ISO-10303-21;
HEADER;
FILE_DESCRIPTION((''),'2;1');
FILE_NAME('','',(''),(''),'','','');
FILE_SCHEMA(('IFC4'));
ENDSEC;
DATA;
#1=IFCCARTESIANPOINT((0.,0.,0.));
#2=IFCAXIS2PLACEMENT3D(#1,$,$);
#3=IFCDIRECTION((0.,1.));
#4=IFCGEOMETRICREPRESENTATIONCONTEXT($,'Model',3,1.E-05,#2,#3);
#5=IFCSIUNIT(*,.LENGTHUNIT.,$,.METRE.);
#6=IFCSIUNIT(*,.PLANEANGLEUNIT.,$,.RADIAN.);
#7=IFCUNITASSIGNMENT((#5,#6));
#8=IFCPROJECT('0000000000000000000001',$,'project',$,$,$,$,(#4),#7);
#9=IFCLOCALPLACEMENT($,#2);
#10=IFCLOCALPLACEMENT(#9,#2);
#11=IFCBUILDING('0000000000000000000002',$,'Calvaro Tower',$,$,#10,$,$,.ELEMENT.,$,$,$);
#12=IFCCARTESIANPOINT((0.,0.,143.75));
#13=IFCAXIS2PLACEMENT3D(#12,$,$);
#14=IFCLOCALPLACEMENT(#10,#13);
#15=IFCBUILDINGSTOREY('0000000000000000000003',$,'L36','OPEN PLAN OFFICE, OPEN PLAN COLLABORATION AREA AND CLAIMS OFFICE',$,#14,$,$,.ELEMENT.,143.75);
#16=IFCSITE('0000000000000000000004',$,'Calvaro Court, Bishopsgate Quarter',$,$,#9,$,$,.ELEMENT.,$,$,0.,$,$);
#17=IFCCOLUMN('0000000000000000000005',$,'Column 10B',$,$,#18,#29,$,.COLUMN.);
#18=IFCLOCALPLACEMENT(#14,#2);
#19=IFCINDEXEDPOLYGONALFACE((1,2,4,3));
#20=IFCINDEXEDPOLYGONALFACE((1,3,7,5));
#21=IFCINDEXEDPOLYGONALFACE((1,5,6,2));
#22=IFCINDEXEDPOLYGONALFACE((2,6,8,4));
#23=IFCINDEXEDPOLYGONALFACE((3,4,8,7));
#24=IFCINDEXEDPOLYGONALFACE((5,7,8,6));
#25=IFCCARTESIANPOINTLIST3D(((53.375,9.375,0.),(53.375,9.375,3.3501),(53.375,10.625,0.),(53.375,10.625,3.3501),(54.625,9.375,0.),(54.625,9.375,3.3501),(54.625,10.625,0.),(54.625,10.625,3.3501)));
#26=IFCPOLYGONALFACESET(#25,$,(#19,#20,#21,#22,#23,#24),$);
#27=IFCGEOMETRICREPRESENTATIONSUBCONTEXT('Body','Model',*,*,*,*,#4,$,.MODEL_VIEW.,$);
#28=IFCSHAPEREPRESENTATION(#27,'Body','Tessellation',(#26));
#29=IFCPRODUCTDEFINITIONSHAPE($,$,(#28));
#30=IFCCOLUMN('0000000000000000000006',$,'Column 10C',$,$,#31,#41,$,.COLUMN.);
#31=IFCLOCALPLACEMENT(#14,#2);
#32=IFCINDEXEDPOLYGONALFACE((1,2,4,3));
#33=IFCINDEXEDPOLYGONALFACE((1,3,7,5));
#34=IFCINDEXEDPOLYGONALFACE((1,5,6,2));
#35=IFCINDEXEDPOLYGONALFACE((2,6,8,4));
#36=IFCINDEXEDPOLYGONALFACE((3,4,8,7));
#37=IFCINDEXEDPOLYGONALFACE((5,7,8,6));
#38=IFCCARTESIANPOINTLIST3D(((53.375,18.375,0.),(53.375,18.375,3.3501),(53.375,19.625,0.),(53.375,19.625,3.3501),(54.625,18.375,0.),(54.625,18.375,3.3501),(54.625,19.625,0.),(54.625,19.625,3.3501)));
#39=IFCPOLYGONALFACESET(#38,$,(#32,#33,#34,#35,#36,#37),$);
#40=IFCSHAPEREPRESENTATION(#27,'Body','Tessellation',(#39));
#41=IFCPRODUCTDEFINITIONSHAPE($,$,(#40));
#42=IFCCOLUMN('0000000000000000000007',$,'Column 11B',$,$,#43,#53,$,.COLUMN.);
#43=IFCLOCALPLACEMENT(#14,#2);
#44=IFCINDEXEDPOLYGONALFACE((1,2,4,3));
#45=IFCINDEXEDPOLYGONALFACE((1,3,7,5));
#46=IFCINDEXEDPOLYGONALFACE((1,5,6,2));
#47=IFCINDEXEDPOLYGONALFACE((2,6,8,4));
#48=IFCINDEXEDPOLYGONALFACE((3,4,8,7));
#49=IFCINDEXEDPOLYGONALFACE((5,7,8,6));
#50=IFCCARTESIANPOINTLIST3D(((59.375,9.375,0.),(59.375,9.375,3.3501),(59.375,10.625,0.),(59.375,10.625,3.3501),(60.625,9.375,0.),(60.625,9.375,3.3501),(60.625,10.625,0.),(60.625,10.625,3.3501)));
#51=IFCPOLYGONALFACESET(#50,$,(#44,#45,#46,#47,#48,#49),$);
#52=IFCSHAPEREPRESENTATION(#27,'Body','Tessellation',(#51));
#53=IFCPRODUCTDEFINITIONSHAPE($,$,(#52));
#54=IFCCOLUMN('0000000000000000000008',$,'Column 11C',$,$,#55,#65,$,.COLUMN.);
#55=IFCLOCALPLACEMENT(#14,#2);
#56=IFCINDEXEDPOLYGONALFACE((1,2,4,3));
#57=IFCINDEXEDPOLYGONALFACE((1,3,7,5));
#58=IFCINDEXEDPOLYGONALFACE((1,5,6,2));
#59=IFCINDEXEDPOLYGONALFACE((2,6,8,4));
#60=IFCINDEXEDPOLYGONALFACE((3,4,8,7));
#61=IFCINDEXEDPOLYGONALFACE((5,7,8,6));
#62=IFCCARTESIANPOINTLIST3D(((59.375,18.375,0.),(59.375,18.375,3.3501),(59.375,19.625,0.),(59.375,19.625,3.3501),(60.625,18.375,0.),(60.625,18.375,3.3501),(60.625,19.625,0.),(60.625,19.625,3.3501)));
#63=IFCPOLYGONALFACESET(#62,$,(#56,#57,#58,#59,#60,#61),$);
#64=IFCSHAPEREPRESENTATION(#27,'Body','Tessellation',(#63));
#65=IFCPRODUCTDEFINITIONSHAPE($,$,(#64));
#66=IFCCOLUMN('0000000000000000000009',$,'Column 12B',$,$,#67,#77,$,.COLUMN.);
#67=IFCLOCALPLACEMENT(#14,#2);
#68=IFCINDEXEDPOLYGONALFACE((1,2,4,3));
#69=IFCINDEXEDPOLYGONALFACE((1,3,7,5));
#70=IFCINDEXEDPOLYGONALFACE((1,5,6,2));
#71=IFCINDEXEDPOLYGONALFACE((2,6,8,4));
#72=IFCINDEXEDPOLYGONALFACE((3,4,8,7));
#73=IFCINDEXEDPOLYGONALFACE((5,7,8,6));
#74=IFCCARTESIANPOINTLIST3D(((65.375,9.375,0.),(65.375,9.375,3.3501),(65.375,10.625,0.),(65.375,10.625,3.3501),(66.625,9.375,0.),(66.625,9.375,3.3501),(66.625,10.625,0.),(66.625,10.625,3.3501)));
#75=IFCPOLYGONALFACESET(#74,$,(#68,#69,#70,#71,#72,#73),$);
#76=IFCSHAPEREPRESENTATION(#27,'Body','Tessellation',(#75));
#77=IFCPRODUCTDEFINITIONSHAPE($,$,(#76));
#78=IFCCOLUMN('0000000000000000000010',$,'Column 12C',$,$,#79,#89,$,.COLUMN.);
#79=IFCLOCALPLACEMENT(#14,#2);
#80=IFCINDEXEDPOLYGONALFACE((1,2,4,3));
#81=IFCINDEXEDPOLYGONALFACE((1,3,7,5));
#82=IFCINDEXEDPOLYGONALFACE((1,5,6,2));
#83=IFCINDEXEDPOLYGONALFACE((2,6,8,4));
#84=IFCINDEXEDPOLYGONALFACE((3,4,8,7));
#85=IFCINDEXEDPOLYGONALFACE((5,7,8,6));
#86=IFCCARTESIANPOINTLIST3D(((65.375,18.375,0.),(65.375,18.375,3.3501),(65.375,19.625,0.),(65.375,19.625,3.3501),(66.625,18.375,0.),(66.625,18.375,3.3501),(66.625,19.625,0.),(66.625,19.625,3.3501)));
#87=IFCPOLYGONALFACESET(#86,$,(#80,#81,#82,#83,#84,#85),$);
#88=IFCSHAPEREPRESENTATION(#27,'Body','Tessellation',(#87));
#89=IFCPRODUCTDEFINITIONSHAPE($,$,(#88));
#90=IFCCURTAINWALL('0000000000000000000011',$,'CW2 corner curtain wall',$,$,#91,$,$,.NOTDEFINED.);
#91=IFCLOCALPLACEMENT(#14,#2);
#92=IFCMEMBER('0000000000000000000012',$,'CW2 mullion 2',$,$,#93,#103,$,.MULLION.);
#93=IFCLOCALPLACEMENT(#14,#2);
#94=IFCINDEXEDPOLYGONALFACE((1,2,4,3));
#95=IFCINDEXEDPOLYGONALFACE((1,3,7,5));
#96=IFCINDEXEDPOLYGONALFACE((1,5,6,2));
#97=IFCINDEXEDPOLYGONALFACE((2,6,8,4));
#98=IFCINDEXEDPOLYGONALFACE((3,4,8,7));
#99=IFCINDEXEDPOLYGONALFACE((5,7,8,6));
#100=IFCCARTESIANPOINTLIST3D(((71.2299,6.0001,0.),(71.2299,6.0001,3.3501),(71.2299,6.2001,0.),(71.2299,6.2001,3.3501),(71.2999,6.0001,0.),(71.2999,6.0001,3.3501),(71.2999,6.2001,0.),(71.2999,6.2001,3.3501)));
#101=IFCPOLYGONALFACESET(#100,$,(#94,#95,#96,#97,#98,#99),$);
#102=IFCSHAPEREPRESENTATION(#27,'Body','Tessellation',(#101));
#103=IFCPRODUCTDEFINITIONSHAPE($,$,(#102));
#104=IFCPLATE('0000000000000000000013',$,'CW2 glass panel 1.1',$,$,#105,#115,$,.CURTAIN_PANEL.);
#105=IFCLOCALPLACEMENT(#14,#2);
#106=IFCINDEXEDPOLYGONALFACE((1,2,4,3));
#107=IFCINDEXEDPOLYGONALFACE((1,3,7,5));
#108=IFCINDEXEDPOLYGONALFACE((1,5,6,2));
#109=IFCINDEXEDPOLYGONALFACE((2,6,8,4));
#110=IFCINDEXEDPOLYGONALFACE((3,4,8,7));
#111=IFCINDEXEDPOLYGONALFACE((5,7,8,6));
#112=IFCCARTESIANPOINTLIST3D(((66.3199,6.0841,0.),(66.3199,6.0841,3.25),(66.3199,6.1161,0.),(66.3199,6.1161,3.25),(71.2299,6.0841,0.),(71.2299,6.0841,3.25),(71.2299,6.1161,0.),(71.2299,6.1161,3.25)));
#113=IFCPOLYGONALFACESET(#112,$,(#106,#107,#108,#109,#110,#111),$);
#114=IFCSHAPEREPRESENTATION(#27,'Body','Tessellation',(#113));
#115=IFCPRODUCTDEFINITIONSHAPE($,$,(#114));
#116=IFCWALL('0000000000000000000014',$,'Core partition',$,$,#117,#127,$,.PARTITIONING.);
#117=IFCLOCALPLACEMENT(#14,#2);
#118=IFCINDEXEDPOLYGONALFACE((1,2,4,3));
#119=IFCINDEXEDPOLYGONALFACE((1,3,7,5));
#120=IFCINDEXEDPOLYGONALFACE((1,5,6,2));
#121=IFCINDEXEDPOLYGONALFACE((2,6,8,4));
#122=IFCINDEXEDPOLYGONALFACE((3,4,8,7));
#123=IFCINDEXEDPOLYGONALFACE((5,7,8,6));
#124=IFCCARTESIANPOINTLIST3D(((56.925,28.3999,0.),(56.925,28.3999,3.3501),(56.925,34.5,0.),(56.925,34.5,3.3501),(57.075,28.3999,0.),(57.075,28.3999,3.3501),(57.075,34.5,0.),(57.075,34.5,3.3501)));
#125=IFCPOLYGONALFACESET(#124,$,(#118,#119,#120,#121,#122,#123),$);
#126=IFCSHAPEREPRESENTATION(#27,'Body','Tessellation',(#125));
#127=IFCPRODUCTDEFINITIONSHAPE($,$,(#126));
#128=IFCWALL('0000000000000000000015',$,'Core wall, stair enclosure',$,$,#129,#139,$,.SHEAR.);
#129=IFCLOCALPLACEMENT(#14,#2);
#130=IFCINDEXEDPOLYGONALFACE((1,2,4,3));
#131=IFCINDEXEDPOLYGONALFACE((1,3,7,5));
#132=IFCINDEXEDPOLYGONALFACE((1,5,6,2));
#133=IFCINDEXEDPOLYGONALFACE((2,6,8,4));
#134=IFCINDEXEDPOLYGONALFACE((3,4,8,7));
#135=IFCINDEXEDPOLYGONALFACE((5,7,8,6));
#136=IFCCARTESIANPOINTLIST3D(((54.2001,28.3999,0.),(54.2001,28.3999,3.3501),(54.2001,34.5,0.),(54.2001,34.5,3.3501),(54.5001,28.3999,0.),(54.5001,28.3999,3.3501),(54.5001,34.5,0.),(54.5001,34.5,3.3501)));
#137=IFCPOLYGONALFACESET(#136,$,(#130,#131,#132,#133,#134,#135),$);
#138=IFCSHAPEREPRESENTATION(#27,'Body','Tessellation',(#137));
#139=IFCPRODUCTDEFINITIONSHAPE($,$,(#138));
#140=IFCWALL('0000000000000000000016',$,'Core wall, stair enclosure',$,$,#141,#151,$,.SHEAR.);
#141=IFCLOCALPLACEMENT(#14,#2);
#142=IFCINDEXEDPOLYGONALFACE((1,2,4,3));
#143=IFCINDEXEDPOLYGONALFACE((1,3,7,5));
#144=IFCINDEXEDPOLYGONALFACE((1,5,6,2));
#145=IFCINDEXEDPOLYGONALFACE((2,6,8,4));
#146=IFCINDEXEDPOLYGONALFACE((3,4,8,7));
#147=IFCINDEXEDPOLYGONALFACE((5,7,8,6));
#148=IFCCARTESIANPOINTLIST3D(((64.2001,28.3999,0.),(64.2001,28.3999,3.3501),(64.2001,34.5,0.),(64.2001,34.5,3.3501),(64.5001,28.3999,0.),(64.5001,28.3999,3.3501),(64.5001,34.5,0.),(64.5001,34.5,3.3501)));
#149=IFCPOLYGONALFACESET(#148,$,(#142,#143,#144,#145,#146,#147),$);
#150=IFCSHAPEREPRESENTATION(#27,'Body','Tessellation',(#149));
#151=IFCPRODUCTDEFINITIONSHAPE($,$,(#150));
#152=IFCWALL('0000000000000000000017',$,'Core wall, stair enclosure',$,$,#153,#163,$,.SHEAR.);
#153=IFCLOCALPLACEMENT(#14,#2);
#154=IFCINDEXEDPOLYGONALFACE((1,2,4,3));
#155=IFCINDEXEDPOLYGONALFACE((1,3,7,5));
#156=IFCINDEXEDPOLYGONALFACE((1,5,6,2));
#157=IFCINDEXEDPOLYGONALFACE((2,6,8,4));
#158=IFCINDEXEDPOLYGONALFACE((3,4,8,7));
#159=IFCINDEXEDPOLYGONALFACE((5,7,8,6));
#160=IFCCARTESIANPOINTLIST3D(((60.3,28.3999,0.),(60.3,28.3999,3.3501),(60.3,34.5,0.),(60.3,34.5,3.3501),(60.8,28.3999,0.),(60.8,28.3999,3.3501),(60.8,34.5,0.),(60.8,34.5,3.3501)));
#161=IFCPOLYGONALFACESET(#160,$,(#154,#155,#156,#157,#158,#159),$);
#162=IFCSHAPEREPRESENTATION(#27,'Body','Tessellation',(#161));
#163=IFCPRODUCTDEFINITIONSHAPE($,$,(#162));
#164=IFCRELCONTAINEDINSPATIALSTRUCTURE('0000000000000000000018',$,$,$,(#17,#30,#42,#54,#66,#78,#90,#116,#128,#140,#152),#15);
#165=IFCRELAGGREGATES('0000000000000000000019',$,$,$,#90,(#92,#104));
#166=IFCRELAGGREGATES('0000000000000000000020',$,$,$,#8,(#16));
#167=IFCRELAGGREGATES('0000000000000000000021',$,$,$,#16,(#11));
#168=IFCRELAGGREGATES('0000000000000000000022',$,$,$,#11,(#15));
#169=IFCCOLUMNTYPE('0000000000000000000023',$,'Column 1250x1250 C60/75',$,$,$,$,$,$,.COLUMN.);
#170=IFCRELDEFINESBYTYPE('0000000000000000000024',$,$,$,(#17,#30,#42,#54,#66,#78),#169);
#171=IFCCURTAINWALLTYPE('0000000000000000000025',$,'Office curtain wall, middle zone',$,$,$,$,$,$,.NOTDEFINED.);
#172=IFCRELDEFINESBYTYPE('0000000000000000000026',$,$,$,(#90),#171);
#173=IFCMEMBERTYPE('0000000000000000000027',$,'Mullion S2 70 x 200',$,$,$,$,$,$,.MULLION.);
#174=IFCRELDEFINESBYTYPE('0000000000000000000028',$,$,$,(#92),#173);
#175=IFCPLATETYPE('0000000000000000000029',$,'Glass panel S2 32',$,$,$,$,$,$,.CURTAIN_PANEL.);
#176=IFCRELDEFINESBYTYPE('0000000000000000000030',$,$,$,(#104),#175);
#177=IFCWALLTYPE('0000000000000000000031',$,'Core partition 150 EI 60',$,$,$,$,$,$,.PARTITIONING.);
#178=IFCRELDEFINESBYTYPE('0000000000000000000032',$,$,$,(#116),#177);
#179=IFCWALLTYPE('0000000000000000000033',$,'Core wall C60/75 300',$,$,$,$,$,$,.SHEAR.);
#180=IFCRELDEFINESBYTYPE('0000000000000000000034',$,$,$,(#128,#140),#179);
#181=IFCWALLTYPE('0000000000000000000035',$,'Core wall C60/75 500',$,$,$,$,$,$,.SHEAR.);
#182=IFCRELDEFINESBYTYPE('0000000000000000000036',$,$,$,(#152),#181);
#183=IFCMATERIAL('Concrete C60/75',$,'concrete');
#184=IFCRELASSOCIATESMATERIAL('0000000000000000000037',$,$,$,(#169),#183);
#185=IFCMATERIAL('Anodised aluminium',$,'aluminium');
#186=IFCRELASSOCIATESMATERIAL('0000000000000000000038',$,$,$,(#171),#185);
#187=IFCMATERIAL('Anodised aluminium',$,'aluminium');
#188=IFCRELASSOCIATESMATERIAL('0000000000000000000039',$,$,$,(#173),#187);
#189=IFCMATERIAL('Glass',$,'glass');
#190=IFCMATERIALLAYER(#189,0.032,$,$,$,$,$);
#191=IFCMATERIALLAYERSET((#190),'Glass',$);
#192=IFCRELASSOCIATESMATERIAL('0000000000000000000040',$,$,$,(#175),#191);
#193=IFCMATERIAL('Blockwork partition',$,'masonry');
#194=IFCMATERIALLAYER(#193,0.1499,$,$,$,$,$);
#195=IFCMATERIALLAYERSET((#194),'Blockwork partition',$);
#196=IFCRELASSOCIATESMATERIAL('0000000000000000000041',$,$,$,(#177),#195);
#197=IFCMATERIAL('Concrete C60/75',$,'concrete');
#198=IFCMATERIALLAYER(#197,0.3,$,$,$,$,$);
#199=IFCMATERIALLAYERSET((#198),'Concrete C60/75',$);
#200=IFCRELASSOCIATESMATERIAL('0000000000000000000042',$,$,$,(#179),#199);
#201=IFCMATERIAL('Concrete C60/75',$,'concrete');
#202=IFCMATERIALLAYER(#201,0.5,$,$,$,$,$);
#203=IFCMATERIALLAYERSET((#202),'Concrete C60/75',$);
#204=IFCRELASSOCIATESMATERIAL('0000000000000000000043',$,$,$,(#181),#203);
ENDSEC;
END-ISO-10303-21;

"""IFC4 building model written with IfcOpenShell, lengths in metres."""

from ifc_helpers import new_model, si_unit, direction, frame, frame_2d, origin, origin_2d, place, context, subcontext, project, spatial, rectangle, extrude, material, layer, layer_set, material_profile, profile_set, type_object, element, aggregate, save


model = new_model("IFC4")

# Units and contexts
model_context = context("Model", 3, precision=1e-05, world=origin(), true_north=direction((0.0, 1.0)))
body_context = subcontext(model_context, "Body", "Model", "MODEL_VIEW")
ifc_project = project(units=[si_unit("LENGTHUNIT", "METRE"), si_unit("PLANEANGLEUNIT", "RADIAN")], contexts=[model_context])

# Site, building, storey
site_placement = place(None, origin())
site = spatial("IfcSite", under=ifc_project, at=site_placement, Name="Calvaro Court, Bishopsgate Quarter", CompositionType="ELEMENT", RefElevation=0.0)
building_placement = place(site_placement, origin())
building = spatial("IfcBuilding", under=site, at=building_placement, Name="Calvaro Tower", CompositionType="ELEMENT")
storey_placement = place(building_placement, frame((0.0, 0.0, 143.75)))
storey = spatial("IfcBuildingStorey", under=building, at=storey_placement, Name="L36", Description="OPEN PLAN OFFICE, OPEN PLAN COLLABORATION AREA AND CLAIMS OFFICE", CompositionType="ELEMENT", Elevation=143.75)

# Columns
ifc_material_1 = material(Name="Concrete C60/75", Category="concrete")
ifc_material_profile_1 = material_profile(ifc_material_1, rectangle(XDim=1.25, YDim=1.25, at=origin_2d()), Name="RC 1250x1250")
ifc_profile_set_1 = profile_set([ifc_material_profile_1], Name="Concrete C60/75")
column_type = type_object("IfcColumnType", Name="Column 1250x1250 C60/75", PredefinedType="COLUMN", material=ifc_profile_set_1)
for number, where, z_axis, x_axis, name in (
    (1, (54.0, 10.0, 0.0), (0.0, 0.0, 1.0), (1.0, 0.0, 0.0), "Column 10B"),
    (2, (54.0, 19.0, 0.0), (0.0, 0.0, 1.0), (1.0, 0.0, 0.0), "Column 10C"),
    (3, (60.0, 10.0, 0.0), (0.0, 0.0, 1.0), (1.0, 0.0, 0.0), "Column 11B"),
    (4, (60.0, 19.0, 0.0), (0.0, 0.0, 1.0), (1.0, 0.0, 0.0), "Column 11C"),
    (5, (66.0, 10.0, 0.0), (0.0, 0.0, 1.0), (1.0, 0.0, 0.0), "Column 12B"),
    (6, (66.0, 19.0, 0.0), (0.0, 0.0, 1.0), (1.0, 0.0, 0.0), "Column 12C"),
):
    element("IfcColumn", number, at=place(storey_placement, frame(where, z_axis=z_axis, x_axis=x_axis)), inside=storey, type_object=column_type, Name=name, PredefinedType="COLUMN", context=body_context, shape_type="SweptSolid", body=[
        extrude(rectangle(XDim=1.25, YDim=1.25, at=origin_2d()), origin(), (0.0, 0.0, 1.0), 3.3501),
    ])

# Curtain wall, member, plate
ifc_material_2 = material(Name="Anodised aluminium", Category="aluminium")
curtain_wall_type = type_object("IfcCurtainWallType", Name="Office curtain wall, middle zone", PredefinedType="NOTDEFINED", material=ifc_material_2)
curtain_wall_placement = place(storey_placement, origin())
curtain_wall = element("IfcCurtainWall", 7, at=curtain_wall_placement, inside=storey, type_object=curtain_wall_type, Name="CW2 corner curtain wall", PredefinedType="NOTDEFINED")
ifc_material_3 = material(Name="Anodised aluminium", Category="aluminium")
ifc_material_profile_2 = material_profile(ifc_material_3, rectangle(XDim=0.2, YDim=0.0701, at=origin_2d()), Name="Mullion S2 70 x 200")
ifc_profile_set_2 = profile_set([ifc_material_profile_2], Name="Anodised aluminium")
member_type = type_object("IfcMemberType", Name="Mullion S2 70 x 200", PredefinedType="MULLION", material=ifc_profile_set_2)
member_placement = place(storey_placement, frame((71.2649, 6.1001, 0.0), z_axis=(0.0, 0.0, 1.0), x_axis=(0.0, 1.0, 0.0)))
member = element("IfcMember", 8, at=member_placement, type_object=member_type, Name="CW2 mullion 2", PredefinedType="MULLION", context=body_context, shape_type="SweptSolid", body=[
    extrude(rectangle(XDim=0.2, YDim=0.0701, at=origin_2d()), origin(), (0.0, 0.0, 1.0), 3.3501),
])
ifc_material_4 = material(Name="Glass", Category="glass")
ifc_layer_1 = layer(ifc_material_4, 0.032)
ifc_layer_set_1 = layer_set([ifc_layer_1], Name="Glass")
plate_type = type_object("IfcPlateType", Name="Glass panel S2 32", PredefinedType="CURTAIN_PANEL", material=ifc_layer_set_1)
plate_placement = place(storey_placement, frame((68.7749, 6.1001, 0.0), z_axis=(0.0, 0.0, 1.0), x_axis=(1.0, 0.0, 0.0)))
plate = element("IfcPlate", 9, at=plate_placement, type_object=plate_type, Name="CW2 glass panel 1.1", PredefinedType="CURTAIN_PANEL", context=body_context, shape_type="SweptSolid", body=[
    extrude(rectangle(XDim=4.9099, YDim=0.032, at=origin_2d()), origin(), (0.0, 0.0, 1.0), 3.25),
])
aggregate(curtain_wall, [member, plate])

# Walls
ifc_material_5 = material(Name="Blockwork partition", Category="masonry")
ifc_layer_2 = layer(ifc_material_5, 0.1499)
ifc_layer_set_2 = layer_set([ifc_layer_2], Name="Blockwork partition")
wall_type_1 = type_object("IfcWallType", Name="Core partition 150 EI 60", PredefinedType="PARTITIONING", material=ifc_layer_set_2)
wall_1_placement = place(storey_placement, frame((57.0, 28.3999, 0.0), z_axis=(0.0, 0.0, 1.0), x_axis=(0.0, 1.0, 0.0)))
element("IfcWall", 10, at=wall_1_placement, inside=storey, type_object=wall_type_1, Name="Core partition", PredefinedType="PARTITIONING", context=body_context, shape_type="SweptSolid", body=[
    extrude(rectangle(XDim=6.1001, YDim=0.1499, at=frame_2d((3.05, 0.0))), origin(), (0.0, 0.0, 1.0), 3.3501),
])
ifc_material_6 = material(Name="Concrete C60/75", Category="concrete")
ifc_layer_3 = layer(ifc_material_6, 0.3)
ifc_layer_set_3 = layer_set([ifc_layer_3], Name="Concrete C60/75")
wall_type_2 = type_object("IfcWallType", Name="Core wall C60/75 300", PredefinedType="SHEAR", material=ifc_layer_set_3)
for number, where, z_axis, x_axis, name in (
    (11, (54.3501, 28.3999, 0.0), (0.0, 0.0, 1.0), (0.0, 1.0, 0.0), "Core wall, stair enclosure"),
    (12, (64.3501, 28.3999, 0.0), (0.0, 0.0, 1.0), (0.0, 1.0, 0.0), "Core wall, stair enclosure"),
):
    element("IfcWall", number, at=place(storey_placement, frame(where, z_axis=z_axis, x_axis=x_axis)), inside=storey, type_object=wall_type_2, Name=name, PredefinedType="SHEAR", context=body_context, shape_type="SweptSolid", body=[
        extrude(rectangle(XDim=6.1001, YDim=0.3, at=frame_2d((3.05, 0.0))), origin(), (0.0, 0.0, 1.0), 3.3501),
    ])
ifc_material_7 = material(Name="Concrete C60/75", Category="concrete")
ifc_layer_4 = layer(ifc_material_7, 0.5)
ifc_layer_set_4 = layer_set([ifc_layer_4], Name="Concrete C60/75")
wall_type_3 = type_object("IfcWallType", Name="Core wall C60/75 500", PredefinedType="SHEAR", material=ifc_layer_set_4)
wall_2_placement = place(storey_placement, frame((60.55, 28.3999, 0.0), z_axis=(0.0, 0.0, 1.0), x_axis=(0.0, 1.0, 0.0)))
element("IfcWall", 13, at=wall_2_placement, inside=storey, type_object=wall_type_3, Name="Core wall, stair enclosure", PredefinedType="SHEAR", context=body_context, shape_type="SweptSolid", body=[
    extrude(rectangle(XDim=6.1001, YDim=0.5, at=frame_2d((3.05, 0.0))), origin(), (0.0, 0.0, 1.0), 3.3501),
])

save(model, "model.ifc")
